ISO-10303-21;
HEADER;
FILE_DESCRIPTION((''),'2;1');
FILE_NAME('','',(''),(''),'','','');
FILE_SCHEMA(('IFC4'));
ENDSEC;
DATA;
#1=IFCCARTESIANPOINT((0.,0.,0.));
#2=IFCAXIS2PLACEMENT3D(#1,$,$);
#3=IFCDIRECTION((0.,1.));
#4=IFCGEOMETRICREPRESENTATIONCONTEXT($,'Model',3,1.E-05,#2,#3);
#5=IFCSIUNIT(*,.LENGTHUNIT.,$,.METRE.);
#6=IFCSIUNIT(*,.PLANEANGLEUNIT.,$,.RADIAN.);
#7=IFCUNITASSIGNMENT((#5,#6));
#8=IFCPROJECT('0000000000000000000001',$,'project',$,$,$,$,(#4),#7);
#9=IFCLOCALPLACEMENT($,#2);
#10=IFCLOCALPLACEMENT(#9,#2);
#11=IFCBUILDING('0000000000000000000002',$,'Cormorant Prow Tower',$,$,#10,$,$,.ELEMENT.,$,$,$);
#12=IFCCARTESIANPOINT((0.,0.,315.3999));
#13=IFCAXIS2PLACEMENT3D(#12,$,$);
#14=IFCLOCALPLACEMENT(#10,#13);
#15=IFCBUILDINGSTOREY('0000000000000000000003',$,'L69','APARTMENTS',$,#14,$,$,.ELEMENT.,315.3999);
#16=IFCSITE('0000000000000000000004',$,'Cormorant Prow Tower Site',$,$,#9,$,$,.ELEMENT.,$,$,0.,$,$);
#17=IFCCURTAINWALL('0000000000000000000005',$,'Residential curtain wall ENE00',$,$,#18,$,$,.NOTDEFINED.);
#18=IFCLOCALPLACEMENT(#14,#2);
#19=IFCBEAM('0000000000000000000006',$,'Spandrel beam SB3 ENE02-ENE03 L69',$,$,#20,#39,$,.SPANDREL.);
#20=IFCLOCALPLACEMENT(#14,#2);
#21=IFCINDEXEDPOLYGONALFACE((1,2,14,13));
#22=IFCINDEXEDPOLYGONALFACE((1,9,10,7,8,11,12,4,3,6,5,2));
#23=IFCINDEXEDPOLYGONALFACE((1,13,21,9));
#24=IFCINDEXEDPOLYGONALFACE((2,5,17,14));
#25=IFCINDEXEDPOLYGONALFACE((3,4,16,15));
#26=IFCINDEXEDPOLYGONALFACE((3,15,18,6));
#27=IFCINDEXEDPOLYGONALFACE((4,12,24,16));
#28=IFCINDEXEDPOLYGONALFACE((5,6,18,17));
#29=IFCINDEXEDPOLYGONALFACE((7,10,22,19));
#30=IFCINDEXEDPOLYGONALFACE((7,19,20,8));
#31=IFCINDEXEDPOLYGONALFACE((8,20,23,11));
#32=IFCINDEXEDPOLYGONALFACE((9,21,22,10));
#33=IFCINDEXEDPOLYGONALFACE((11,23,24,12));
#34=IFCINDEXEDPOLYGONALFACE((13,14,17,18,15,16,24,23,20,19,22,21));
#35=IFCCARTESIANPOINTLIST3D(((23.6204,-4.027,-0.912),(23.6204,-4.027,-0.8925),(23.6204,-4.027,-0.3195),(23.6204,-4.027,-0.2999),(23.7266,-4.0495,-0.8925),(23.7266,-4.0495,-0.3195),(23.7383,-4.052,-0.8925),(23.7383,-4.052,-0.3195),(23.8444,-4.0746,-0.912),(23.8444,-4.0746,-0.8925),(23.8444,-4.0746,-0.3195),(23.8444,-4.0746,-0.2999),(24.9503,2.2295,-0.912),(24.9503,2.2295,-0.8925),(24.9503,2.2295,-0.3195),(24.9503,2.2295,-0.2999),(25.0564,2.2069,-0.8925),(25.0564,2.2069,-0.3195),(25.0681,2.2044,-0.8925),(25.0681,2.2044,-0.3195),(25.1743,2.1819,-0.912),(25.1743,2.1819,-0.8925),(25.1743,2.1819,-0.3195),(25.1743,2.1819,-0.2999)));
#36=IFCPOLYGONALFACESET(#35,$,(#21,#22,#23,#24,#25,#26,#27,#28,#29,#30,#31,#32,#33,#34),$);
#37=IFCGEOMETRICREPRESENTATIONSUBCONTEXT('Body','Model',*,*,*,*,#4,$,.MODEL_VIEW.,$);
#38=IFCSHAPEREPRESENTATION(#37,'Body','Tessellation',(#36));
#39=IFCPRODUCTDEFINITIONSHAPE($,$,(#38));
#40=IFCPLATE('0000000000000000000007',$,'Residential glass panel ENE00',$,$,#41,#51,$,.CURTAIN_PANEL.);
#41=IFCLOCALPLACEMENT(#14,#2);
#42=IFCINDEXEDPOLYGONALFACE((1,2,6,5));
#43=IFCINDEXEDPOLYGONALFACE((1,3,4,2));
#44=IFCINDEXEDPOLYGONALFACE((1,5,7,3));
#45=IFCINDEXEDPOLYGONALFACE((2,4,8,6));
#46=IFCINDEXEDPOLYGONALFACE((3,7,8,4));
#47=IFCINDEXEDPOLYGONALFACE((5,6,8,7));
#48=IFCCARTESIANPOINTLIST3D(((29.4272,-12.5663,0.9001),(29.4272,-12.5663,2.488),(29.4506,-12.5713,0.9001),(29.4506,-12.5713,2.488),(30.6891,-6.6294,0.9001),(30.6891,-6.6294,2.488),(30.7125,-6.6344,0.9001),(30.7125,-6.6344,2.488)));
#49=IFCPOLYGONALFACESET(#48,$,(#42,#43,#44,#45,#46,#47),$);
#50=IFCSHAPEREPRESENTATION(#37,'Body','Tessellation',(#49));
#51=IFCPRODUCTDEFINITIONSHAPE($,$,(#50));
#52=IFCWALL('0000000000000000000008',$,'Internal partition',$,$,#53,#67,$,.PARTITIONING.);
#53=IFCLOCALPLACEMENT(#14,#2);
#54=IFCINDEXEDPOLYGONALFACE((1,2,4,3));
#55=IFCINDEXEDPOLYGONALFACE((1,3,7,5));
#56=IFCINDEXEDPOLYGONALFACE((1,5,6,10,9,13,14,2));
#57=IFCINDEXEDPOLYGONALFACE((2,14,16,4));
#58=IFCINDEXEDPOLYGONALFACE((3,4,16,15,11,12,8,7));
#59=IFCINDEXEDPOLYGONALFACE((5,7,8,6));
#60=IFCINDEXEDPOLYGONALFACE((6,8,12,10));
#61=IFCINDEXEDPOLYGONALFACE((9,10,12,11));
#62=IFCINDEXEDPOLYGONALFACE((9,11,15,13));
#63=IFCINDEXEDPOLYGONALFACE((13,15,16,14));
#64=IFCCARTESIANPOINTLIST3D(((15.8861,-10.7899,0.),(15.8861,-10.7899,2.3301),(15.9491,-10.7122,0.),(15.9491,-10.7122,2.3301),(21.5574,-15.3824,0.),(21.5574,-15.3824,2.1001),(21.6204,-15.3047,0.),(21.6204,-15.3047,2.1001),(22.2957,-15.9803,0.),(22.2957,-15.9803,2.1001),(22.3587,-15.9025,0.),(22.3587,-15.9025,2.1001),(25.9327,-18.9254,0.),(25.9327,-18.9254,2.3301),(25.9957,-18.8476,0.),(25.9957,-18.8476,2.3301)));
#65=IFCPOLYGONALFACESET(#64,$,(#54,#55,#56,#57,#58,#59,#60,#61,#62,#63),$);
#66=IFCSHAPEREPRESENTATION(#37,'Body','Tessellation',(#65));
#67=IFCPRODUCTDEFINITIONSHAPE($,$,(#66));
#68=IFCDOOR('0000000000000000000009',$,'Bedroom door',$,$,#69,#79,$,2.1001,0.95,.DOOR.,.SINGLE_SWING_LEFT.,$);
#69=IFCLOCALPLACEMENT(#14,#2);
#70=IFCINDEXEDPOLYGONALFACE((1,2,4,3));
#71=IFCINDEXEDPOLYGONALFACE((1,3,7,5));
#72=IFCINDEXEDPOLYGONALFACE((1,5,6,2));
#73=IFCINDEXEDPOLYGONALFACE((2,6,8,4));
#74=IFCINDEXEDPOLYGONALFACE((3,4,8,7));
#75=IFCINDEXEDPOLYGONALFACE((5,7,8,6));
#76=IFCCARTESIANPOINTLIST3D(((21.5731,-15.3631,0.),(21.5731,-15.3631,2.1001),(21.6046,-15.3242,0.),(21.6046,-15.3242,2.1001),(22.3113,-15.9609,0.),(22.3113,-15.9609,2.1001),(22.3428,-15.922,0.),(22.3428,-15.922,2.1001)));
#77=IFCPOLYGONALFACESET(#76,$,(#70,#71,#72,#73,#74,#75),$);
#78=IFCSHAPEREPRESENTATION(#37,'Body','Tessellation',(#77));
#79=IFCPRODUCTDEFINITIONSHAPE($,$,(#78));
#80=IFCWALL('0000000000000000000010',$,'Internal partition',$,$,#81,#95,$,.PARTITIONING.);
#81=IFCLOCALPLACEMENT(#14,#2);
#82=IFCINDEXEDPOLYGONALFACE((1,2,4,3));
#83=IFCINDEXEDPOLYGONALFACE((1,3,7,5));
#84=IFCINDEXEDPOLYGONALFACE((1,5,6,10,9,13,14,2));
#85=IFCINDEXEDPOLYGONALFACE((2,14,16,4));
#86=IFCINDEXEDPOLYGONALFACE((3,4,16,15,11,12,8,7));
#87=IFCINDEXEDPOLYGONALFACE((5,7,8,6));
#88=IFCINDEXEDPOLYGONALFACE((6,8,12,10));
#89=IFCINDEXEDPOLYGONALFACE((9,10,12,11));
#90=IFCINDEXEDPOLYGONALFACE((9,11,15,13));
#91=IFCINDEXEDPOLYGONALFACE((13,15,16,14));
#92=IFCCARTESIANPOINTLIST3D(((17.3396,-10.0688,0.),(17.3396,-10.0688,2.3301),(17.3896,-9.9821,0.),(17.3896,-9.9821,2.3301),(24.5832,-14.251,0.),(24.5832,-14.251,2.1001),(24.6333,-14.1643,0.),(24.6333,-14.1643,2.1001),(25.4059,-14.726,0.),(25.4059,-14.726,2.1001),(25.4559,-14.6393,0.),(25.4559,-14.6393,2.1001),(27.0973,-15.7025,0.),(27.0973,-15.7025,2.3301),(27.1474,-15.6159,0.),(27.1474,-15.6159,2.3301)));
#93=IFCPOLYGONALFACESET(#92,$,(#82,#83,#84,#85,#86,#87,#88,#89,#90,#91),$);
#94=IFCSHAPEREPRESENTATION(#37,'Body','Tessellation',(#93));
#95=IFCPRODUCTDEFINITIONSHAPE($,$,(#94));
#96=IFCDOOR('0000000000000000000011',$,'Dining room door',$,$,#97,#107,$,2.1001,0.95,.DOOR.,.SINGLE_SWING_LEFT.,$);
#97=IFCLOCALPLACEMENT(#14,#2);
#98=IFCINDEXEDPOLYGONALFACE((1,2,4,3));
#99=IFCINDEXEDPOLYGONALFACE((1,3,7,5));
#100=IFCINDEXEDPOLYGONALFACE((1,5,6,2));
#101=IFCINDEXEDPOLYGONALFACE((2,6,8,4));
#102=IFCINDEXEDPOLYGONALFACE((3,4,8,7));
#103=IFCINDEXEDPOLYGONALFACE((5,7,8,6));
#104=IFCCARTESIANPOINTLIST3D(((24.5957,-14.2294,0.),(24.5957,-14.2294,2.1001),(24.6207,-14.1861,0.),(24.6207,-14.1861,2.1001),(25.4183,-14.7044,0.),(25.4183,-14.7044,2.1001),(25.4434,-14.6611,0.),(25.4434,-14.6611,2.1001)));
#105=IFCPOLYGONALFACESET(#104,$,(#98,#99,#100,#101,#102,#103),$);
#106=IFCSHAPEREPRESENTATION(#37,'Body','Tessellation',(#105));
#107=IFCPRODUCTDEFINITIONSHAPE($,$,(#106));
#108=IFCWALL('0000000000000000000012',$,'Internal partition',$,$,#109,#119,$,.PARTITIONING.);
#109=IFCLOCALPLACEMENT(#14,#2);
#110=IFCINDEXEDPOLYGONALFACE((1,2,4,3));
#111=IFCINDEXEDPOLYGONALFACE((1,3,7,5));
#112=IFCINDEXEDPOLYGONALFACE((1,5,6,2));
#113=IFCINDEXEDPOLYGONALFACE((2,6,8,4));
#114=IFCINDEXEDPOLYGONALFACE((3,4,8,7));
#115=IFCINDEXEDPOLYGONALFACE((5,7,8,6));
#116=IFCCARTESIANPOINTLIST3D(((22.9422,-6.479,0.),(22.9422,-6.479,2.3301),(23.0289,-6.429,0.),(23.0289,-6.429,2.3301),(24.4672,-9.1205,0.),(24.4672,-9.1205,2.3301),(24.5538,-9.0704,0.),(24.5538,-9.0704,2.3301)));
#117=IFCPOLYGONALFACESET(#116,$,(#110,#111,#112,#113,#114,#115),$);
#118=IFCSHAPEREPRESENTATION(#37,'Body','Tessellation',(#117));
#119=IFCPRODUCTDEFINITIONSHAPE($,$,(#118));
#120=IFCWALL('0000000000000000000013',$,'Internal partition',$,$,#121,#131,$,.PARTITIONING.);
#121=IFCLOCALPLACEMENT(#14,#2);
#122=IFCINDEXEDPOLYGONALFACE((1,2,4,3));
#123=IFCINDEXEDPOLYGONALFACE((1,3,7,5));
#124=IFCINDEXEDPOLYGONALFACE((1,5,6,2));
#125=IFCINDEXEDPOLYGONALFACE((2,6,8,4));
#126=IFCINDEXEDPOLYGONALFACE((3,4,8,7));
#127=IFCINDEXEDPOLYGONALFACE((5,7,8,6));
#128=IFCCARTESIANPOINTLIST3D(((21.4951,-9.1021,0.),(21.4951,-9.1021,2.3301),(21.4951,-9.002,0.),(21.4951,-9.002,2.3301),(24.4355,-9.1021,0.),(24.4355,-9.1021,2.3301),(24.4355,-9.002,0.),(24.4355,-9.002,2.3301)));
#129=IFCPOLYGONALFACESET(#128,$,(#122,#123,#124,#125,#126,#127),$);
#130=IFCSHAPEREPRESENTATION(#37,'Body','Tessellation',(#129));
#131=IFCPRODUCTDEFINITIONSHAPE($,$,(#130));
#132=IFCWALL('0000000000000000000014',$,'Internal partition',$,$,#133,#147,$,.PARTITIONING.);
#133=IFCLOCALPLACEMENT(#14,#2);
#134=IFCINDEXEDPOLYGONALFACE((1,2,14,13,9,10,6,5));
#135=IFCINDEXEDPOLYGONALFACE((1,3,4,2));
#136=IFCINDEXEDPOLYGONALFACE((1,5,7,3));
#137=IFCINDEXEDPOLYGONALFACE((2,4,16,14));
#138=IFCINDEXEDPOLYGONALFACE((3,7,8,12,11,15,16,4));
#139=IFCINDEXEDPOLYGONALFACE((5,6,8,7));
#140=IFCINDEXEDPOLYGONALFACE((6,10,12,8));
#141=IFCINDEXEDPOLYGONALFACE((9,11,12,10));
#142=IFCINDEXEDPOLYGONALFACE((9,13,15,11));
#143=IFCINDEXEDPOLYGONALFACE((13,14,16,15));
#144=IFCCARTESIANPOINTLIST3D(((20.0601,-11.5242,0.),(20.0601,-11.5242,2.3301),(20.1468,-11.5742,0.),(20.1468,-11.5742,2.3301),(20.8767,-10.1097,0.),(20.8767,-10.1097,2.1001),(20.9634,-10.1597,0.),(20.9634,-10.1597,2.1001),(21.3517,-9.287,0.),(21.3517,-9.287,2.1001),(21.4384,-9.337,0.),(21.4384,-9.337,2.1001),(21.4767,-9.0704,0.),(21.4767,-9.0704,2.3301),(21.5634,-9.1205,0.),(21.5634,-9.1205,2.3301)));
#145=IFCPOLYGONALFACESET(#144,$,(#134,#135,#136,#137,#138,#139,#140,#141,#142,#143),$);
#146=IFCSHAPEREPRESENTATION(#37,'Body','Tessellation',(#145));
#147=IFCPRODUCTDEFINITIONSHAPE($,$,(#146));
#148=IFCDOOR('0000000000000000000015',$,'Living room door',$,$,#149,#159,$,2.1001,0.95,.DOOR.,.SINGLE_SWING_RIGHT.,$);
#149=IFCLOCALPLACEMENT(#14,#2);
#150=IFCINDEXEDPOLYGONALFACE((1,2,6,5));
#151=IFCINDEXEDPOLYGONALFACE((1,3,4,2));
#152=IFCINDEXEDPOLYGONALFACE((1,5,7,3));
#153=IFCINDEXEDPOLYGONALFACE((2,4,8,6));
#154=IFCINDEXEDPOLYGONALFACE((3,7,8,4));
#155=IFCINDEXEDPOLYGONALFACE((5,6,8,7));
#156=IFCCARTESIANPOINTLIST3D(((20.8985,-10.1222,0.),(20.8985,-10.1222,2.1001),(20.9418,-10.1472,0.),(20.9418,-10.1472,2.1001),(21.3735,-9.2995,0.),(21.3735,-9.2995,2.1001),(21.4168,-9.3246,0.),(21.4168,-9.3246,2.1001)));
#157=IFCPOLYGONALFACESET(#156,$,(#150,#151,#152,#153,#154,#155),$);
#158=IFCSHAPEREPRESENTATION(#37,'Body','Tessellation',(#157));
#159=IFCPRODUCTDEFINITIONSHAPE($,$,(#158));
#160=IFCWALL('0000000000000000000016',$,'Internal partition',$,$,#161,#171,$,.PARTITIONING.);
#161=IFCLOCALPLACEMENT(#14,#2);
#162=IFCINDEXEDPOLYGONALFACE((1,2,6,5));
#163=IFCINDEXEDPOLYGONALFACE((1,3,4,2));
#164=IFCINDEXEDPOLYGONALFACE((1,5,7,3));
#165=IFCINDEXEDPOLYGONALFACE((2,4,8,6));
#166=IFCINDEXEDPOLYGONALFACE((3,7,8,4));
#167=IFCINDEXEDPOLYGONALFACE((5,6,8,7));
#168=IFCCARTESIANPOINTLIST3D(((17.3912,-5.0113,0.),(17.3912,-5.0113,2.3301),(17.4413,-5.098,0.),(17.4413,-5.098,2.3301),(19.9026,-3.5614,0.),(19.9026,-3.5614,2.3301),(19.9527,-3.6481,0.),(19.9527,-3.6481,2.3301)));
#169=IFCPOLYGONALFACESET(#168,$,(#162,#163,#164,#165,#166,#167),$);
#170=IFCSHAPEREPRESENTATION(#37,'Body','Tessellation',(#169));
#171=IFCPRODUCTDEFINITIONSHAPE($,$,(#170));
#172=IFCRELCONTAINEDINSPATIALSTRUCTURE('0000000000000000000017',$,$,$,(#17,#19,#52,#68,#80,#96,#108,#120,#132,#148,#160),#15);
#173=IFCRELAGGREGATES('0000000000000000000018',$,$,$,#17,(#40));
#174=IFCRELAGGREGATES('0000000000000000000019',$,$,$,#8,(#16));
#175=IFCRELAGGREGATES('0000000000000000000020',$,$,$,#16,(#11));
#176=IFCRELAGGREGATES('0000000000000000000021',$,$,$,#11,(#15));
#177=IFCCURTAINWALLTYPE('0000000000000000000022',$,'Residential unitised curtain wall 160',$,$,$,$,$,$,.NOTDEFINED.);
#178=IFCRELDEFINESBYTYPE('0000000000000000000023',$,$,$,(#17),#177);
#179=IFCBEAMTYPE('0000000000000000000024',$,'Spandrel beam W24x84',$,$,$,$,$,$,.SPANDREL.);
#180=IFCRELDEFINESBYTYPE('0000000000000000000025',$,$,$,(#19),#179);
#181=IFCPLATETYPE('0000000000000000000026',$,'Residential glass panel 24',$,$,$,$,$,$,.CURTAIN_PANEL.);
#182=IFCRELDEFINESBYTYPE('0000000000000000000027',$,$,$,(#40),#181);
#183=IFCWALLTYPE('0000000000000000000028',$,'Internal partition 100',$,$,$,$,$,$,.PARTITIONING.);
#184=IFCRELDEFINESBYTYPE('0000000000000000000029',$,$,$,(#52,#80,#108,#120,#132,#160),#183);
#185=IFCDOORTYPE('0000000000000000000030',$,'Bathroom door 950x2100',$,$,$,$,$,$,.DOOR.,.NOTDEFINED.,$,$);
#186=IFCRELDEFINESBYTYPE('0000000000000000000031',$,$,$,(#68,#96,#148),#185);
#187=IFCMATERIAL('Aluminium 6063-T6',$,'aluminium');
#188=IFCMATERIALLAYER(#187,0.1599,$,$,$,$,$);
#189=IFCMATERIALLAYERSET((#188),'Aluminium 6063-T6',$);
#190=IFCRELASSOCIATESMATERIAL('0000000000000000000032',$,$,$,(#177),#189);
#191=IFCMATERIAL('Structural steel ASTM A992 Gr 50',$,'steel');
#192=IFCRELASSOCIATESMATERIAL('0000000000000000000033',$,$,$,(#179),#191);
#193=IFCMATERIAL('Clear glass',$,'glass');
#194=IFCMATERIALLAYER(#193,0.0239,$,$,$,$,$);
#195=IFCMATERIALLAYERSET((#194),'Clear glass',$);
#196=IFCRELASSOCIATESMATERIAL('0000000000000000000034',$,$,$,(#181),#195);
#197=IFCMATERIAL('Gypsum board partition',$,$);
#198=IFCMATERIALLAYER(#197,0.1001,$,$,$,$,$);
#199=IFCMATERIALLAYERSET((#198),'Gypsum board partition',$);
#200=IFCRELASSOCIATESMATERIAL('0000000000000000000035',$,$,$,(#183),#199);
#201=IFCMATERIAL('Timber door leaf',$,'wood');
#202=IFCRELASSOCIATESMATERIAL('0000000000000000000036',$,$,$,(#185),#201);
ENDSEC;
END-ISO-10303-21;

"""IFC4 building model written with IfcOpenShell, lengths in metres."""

from ifc_helpers import new_model, si_unit, direction, frame, frame_2d, origin, origin_2d, place, context, subcontext, project, spatial, rectangle, i_section, extrude, material, layer, layer_set, material_profile, profile_set, type_object, element, fill, aggregate, save


model = new_model("IFC4")

# Units and contexts
model_context = context("Model", 3, precision=1e-05, world=origin(), true_north=direction((0.0, 1.0)))
body_context = subcontext(model_context, "Body", "Model", "MODEL_VIEW")
ifc_project = project(units=[si_unit("LENGTHUNIT", "METRE"), si_unit("PLANEANGLEUNIT", "RADIAN")], contexts=[model_context])

# Site, building, storey
site_placement = place(None, origin())
site = spatial("IfcSite", under=ifc_project, at=site_placement, Name="Cormorant Prow Tower Site", CompositionType="ELEMENT", RefElevation=0.0)
building_placement = place(site_placement, origin())
building = spatial("IfcBuilding", under=site, at=building_placement, Name="Cormorant Prow Tower", CompositionType="ELEMENT")
storey_placement = place(building_placement, frame((0.0, 0.0, 315.3999)))
storey = spatial("IfcBuildingStorey", under=building, at=storey_placement, Name="L69", Description="APARTMENTS", CompositionType="ELEMENT", Elevation=315.3999)

# Curtain wall
ifc_material_1 = material(Name="Aluminium 6063-T6", Category="aluminium")
ifc_layer_1 = layer(ifc_material_1, 0.1599)
ifc_layer_set_1 = layer_set([ifc_layer_1], Name="Aluminium 6063-T6")
curtain_wall_type = type_object("IfcCurtainWallType", Name="Residential unitised curtain wall 160", PredefinedType="NOTDEFINED", material=ifc_layer_set_1)
curtain_wall_1_placement = place(storey_placement, origin())
curtain_wall_1 = element("IfcCurtainWall", 1, at=curtain_wall_1_placement, inside=storey, type_object=curtain_wall_type, Name="Residential curtain wall ENE00", PredefinedType="NOTDEFINED")

# Beam
ifc_material_2 = material(Name="Structural steel ASTM A992 Gr 50", Category="steel")
ifc_material_profile_1 = material_profile(ifc_material_2, i_section(OverallWidth=0.229, OverallDepth=0.6121, WebThickness=0.012, FlangeThickness=0.0195, at=origin_2d()), Name="W24x84")
ifc_profile_set_1 = profile_set([ifc_material_profile_1], Name="Structural steel ASTM A992 Gr 50")
beam_type_1 = type_object("IfcBeamType", Name="Spandrel beam W24x84", PredefinedType="SPANDREL", material=ifc_profile_set_1)
beam_1_placement = place(storey_placement, frame((23.7324, -4.0508, -0.606), z_axis=(0.207913, 0.978147, 0.0), x_axis=(-0.978147, 0.207913, 0.0)))
element("IfcBeam", 2, at=beam_1_placement, inside=storey, type_object=beam_type_1, Name="Spandrel beam SB3 ENE02-ENE03 L69", PredefinedType="SPANDREL", context=body_context, shape_type="SweptSolid", body=[
    extrude(i_section(OverallWidth=0.229, OverallDepth=0.6121, WebThickness=0.012, FlangeThickness=0.0195, at=origin_2d()), origin(), (0.0, 0.0, 1.0), 6.3962),
])

# Plate
ifc_material_3 = material(Name="Clear glass", Category="glass")
ifc_layer_2 = layer(ifc_material_3, 0.0239)
ifc_layer_set_2 = layer_set([ifc_layer_2], Name="Clear glass")
plate_type = type_object("IfcPlateType", Name="Residential glass panel 24", PredefinedType="CURTAIN_PANEL", material=ifc_layer_set_2)
plate_placement = place(storey_placement, frame((30.0698, -9.6003, 0.9001), z_axis=(0.0, 0.0, 1.0), x_axis=(0.207912, 0.978148, 0.0)))
plate = element("IfcPlate", 3, at=plate_placement, type_object=plate_type, Name="Residential glass panel ENE00", PredefinedType="CURTAIN_PANEL", context=body_context, shape_type="SweptSolid", body=[
    extrude(rectangle(XDim=6.0696, YDim=0.0239, at=origin_2d()), origin(), (0.0, 0.0, 1.0), 1.5879),
])
aggregate(curtain_wall_1, [plate])

# Walls, openings, doors
ifc_material_4 = material(Name="Gypsum board partition")
ifc_layer_3 = layer(ifc_material_4, 0.1001)
ifc_layer_set_3 = layer_set([ifc_layer_3], Name="Gypsum board partition")
wall_type_1 = type_object("IfcWallType", Name="Internal partition 100", PredefinedType="PARTITIONING", material=ifc_layer_set_3)
wall_1_placement = place(storey_placement, frame((15.9175, -10.751, 0.0), z_axis=(0.0, 0.0, 1.0), x_axis=(0.77715, -0.629316, 0.0)))
wall_1 = element("IfcWall", 4, at=wall_1_placement, inside=storey, type_object=wall_type_1, Name="Internal partition", PredefinedType="PARTITIONING", context=body_context, shape_type="SweptSolid", body=[
    extrude(rectangle(XDim=12.9275, YDim=0.1001, at=frame_2d((6.4639, 0.0))), origin(), (0.0, 0.0, 1.0), 2.3301),
])
opening_1_placement = place(wall_1_placement, frame((7.2976, 0.0, 0.0)))
opening_1 = element("IfcOpeningElement", 5, at=opening_1_placement, cuts=wall_1, PredefinedType="OPENING", context=body_context, shape_type="SweptSolid", body=[
    extrude(rectangle(XDim=0.95, YDim=2.1001, at=frame_2d((0.4751, 1.05))), frame((0.0, 0.0601, 0.0), z_axis=(0.0, -1.0, 0.0), x_axis=(1.0, 0.0, 0.0)), (0.0, 0.0, 1.0), 0.1201),
])
ifc_material_5 = material(Name="Timber door leaf", Category="wood")
door_type_1 = type_object("IfcDoorType", Name="Bathroom door 950x2100", OperationType="NOTDEFINED", PredefinedType="DOOR", material=ifc_material_5)
door_1_placement = place(opening_1_placement, origin())
door_1 = element("IfcDoor", 6, at=door_1_placement, inside=storey, type_object=door_type_1, Name="Bedroom door", OperationType="SINGLE_SWING_LEFT", OverallHeight=2.1001, OverallWidth=0.95, PredefinedType="DOOR", context=body_context, shape_type="SweptSolid", body=[
    extrude(rectangle(XDim=0.95, YDim=2.1001, at=frame_2d((0.4751, 1.05))), frame((0.0, 0.0249, 0.0), z_axis=(0.0, -1.0, 0.0), x_axis=(1.0, 0.0, 0.0)), (0.0, 0.0, 1.0), 0.05),
])
fill(opening_1, door_1)
wall_2_placement = place(storey_placement, frame((17.3645, -10.0254, 0.0), z_axis=(0.0, 0.0, 1.0), x_axis=(0.866021, -0.500008, 0.0)))
wall_2 = element("IfcWall", 7, at=wall_2_placement, inside=storey, type_object=wall_type_1, Name="Internal partition", PredefinedType="PARTITIONING", context=body_context, shape_type="SweptSolid", body=[
    extrude(rectangle(XDim=11.2673, YDim=0.1001, at=frame_2d((5.6338, 0.0))), origin(), (0.0, 0.0, 1.0), 2.3301),
])
opening_2_placement = place(wall_2_placement, frame((8.3643, 0.0, 0.0)))
opening_2 = element("IfcOpeningElement", 8, at=opening_2_placement, cuts=wall_2, PredefinedType="OPENING", context=body_context, shape_type="SweptSolid", body=[
    extrude(rectangle(XDim=0.95, YDim=2.1001, at=frame_2d((0.4751, 1.05))), frame((0.0, 0.0601, 0.0), z_axis=(0.0, -1.0, 0.0), x_axis=(1.0, 0.0, 0.0)), (0.0, 0.0, 1.0), 0.1201),
])
door_2_placement = place(opening_2_placement, origin())
door_2 = element("IfcDoor", 9, at=door_2_placement, inside=storey, type_object=door_type_1, Name="Dining room door", OperationType="SINGLE_SWING_LEFT", OverallHeight=2.1001, OverallWidth=0.95, PredefinedType="DOOR", context=body_context, shape_type="SweptSolid", body=[
    extrude(rectangle(XDim=0.95, YDim=2.1001, at=frame_2d((0.4751, 1.05))), frame((0.0, 0.0249, 0.0), z_axis=(0.0, -1.0, 0.0), x_axis=(1.0, 0.0, 0.0)), (0.0, 0.0, 1.0), 0.05),
])
fill(opening_2, door_2)

# Walls
wall_3_placement = place(storey_placement, frame((22.9856, -6.4541, 0.0), z_axis=(0.0, 0.0, 1.0), x_axis=(0.499979, -0.866038, 0.0)))
element("IfcWall", 10, at=wall_3_placement, inside=storey, type_object=wall_type_1, Name="Internal partition", PredefinedType="PARTITIONING", context=body_context, shape_type="SweptSolid", body=[
    extrude(rectangle(XDim=3.05, YDim=0.1001, at=frame_2d((1.5249, 0.0))), origin(), (0.0, 0.0, 1.0), 2.3301),
])
wall_4_placement = place(storey_placement, frame((21.4951, -9.052, 0.0), z_axis=(0.0, 0.0, 1.0), x_axis=(1.0, 0.0, 0.0)))
element("IfcWall", 11, at=wall_4_placement, inside=storey, type_object=wall_type_1, Name="Internal partition", PredefinedType="PARTITIONING", context=body_context, shape_type="SweptSolid", body=[
    extrude(rectangle(XDim=2.9404, YDim=0.1001, at=frame_2d((1.4702, 0.0))), origin(), (0.0, 0.0, 1.0), 2.3301),
])

# Wall, opening, door
wall_5_placement = place(storey_placement, frame((20.1035, -11.5491, 0.0), z_axis=(0.0, 0.0, 1.0), x_axis=(0.499976, 0.866039, 0.0)))
wall_5 = element("IfcWall", 12, at=wall_5_placement, inside=storey, type_object=wall_type_1, Name="Internal partition", PredefinedType="PARTITIONING", context=body_context, shape_type="SweptSolid", body=[
    extrude(rectangle(XDim=2.8333, YDim=0.1001, at=frame_2d((1.4165, 0.0))), origin(), (0.0, 0.0, 1.0), 2.3301),
])
opening_3_placement = place(wall_5_placement, frame((1.6331, 0.0, 0.0)))
opening_3 = element("IfcOpeningElement", 13, at=opening_3_placement, cuts=wall_5, PredefinedType="OPENING", context=body_context, shape_type="SweptSolid", body=[
    extrude(rectangle(XDim=0.95, YDim=2.1001, at=frame_2d((0.4751, 1.05))), frame((0.0, 0.0601, 0.0), z_axis=(0.0, -1.0, 0.0), x_axis=(1.0, 0.0, 0.0)), (0.0, 0.0, 1.0), 0.1201),
])
door_3_placement = place(opening_3_placement, origin())
door_3 = element("IfcDoor", 14, at=door_3_placement, inside=storey, type_object=door_type_1, Name="Living room door", OperationType="SINGLE_SWING_RIGHT", OverallHeight=2.1001, OverallWidth=0.95, PredefinedType="DOOR", context=body_context, shape_type="SweptSolid", body=[
    extrude(rectangle(XDim=0.95, YDim=2.1001, at=frame_2d((0.4751, 1.05))), frame((0.0, 0.0249, 0.0), z_axis=(0.0, -1.0, 0.0), x_axis=(1.0, 0.0, 0.0)), (0.0, 0.0, 1.0), 0.05),
])
fill(opening_3, door_3)

# Wall
wall_6_placement = place(storey_placement, frame((17.4163, -5.0547, 0.0), z_axis=(0.0, 0.0, 1.0), x_axis=(0.866033, 0.499987, 0.0)))
element("IfcWall", 15, at=wall_6_placement, inside=storey, type_object=wall_type_1, Name="Internal partition", PredefinedType="PARTITIONING", context=body_context, shape_type="SweptSolid", body=[
    extrude(rectangle(XDim=2.8999, YDim=0.1001, at=frame_2d((1.45, 0.0))), origin(), (0.0, 0.0, 1.0), 2.3301),
])

save(model, "model.ifc")
